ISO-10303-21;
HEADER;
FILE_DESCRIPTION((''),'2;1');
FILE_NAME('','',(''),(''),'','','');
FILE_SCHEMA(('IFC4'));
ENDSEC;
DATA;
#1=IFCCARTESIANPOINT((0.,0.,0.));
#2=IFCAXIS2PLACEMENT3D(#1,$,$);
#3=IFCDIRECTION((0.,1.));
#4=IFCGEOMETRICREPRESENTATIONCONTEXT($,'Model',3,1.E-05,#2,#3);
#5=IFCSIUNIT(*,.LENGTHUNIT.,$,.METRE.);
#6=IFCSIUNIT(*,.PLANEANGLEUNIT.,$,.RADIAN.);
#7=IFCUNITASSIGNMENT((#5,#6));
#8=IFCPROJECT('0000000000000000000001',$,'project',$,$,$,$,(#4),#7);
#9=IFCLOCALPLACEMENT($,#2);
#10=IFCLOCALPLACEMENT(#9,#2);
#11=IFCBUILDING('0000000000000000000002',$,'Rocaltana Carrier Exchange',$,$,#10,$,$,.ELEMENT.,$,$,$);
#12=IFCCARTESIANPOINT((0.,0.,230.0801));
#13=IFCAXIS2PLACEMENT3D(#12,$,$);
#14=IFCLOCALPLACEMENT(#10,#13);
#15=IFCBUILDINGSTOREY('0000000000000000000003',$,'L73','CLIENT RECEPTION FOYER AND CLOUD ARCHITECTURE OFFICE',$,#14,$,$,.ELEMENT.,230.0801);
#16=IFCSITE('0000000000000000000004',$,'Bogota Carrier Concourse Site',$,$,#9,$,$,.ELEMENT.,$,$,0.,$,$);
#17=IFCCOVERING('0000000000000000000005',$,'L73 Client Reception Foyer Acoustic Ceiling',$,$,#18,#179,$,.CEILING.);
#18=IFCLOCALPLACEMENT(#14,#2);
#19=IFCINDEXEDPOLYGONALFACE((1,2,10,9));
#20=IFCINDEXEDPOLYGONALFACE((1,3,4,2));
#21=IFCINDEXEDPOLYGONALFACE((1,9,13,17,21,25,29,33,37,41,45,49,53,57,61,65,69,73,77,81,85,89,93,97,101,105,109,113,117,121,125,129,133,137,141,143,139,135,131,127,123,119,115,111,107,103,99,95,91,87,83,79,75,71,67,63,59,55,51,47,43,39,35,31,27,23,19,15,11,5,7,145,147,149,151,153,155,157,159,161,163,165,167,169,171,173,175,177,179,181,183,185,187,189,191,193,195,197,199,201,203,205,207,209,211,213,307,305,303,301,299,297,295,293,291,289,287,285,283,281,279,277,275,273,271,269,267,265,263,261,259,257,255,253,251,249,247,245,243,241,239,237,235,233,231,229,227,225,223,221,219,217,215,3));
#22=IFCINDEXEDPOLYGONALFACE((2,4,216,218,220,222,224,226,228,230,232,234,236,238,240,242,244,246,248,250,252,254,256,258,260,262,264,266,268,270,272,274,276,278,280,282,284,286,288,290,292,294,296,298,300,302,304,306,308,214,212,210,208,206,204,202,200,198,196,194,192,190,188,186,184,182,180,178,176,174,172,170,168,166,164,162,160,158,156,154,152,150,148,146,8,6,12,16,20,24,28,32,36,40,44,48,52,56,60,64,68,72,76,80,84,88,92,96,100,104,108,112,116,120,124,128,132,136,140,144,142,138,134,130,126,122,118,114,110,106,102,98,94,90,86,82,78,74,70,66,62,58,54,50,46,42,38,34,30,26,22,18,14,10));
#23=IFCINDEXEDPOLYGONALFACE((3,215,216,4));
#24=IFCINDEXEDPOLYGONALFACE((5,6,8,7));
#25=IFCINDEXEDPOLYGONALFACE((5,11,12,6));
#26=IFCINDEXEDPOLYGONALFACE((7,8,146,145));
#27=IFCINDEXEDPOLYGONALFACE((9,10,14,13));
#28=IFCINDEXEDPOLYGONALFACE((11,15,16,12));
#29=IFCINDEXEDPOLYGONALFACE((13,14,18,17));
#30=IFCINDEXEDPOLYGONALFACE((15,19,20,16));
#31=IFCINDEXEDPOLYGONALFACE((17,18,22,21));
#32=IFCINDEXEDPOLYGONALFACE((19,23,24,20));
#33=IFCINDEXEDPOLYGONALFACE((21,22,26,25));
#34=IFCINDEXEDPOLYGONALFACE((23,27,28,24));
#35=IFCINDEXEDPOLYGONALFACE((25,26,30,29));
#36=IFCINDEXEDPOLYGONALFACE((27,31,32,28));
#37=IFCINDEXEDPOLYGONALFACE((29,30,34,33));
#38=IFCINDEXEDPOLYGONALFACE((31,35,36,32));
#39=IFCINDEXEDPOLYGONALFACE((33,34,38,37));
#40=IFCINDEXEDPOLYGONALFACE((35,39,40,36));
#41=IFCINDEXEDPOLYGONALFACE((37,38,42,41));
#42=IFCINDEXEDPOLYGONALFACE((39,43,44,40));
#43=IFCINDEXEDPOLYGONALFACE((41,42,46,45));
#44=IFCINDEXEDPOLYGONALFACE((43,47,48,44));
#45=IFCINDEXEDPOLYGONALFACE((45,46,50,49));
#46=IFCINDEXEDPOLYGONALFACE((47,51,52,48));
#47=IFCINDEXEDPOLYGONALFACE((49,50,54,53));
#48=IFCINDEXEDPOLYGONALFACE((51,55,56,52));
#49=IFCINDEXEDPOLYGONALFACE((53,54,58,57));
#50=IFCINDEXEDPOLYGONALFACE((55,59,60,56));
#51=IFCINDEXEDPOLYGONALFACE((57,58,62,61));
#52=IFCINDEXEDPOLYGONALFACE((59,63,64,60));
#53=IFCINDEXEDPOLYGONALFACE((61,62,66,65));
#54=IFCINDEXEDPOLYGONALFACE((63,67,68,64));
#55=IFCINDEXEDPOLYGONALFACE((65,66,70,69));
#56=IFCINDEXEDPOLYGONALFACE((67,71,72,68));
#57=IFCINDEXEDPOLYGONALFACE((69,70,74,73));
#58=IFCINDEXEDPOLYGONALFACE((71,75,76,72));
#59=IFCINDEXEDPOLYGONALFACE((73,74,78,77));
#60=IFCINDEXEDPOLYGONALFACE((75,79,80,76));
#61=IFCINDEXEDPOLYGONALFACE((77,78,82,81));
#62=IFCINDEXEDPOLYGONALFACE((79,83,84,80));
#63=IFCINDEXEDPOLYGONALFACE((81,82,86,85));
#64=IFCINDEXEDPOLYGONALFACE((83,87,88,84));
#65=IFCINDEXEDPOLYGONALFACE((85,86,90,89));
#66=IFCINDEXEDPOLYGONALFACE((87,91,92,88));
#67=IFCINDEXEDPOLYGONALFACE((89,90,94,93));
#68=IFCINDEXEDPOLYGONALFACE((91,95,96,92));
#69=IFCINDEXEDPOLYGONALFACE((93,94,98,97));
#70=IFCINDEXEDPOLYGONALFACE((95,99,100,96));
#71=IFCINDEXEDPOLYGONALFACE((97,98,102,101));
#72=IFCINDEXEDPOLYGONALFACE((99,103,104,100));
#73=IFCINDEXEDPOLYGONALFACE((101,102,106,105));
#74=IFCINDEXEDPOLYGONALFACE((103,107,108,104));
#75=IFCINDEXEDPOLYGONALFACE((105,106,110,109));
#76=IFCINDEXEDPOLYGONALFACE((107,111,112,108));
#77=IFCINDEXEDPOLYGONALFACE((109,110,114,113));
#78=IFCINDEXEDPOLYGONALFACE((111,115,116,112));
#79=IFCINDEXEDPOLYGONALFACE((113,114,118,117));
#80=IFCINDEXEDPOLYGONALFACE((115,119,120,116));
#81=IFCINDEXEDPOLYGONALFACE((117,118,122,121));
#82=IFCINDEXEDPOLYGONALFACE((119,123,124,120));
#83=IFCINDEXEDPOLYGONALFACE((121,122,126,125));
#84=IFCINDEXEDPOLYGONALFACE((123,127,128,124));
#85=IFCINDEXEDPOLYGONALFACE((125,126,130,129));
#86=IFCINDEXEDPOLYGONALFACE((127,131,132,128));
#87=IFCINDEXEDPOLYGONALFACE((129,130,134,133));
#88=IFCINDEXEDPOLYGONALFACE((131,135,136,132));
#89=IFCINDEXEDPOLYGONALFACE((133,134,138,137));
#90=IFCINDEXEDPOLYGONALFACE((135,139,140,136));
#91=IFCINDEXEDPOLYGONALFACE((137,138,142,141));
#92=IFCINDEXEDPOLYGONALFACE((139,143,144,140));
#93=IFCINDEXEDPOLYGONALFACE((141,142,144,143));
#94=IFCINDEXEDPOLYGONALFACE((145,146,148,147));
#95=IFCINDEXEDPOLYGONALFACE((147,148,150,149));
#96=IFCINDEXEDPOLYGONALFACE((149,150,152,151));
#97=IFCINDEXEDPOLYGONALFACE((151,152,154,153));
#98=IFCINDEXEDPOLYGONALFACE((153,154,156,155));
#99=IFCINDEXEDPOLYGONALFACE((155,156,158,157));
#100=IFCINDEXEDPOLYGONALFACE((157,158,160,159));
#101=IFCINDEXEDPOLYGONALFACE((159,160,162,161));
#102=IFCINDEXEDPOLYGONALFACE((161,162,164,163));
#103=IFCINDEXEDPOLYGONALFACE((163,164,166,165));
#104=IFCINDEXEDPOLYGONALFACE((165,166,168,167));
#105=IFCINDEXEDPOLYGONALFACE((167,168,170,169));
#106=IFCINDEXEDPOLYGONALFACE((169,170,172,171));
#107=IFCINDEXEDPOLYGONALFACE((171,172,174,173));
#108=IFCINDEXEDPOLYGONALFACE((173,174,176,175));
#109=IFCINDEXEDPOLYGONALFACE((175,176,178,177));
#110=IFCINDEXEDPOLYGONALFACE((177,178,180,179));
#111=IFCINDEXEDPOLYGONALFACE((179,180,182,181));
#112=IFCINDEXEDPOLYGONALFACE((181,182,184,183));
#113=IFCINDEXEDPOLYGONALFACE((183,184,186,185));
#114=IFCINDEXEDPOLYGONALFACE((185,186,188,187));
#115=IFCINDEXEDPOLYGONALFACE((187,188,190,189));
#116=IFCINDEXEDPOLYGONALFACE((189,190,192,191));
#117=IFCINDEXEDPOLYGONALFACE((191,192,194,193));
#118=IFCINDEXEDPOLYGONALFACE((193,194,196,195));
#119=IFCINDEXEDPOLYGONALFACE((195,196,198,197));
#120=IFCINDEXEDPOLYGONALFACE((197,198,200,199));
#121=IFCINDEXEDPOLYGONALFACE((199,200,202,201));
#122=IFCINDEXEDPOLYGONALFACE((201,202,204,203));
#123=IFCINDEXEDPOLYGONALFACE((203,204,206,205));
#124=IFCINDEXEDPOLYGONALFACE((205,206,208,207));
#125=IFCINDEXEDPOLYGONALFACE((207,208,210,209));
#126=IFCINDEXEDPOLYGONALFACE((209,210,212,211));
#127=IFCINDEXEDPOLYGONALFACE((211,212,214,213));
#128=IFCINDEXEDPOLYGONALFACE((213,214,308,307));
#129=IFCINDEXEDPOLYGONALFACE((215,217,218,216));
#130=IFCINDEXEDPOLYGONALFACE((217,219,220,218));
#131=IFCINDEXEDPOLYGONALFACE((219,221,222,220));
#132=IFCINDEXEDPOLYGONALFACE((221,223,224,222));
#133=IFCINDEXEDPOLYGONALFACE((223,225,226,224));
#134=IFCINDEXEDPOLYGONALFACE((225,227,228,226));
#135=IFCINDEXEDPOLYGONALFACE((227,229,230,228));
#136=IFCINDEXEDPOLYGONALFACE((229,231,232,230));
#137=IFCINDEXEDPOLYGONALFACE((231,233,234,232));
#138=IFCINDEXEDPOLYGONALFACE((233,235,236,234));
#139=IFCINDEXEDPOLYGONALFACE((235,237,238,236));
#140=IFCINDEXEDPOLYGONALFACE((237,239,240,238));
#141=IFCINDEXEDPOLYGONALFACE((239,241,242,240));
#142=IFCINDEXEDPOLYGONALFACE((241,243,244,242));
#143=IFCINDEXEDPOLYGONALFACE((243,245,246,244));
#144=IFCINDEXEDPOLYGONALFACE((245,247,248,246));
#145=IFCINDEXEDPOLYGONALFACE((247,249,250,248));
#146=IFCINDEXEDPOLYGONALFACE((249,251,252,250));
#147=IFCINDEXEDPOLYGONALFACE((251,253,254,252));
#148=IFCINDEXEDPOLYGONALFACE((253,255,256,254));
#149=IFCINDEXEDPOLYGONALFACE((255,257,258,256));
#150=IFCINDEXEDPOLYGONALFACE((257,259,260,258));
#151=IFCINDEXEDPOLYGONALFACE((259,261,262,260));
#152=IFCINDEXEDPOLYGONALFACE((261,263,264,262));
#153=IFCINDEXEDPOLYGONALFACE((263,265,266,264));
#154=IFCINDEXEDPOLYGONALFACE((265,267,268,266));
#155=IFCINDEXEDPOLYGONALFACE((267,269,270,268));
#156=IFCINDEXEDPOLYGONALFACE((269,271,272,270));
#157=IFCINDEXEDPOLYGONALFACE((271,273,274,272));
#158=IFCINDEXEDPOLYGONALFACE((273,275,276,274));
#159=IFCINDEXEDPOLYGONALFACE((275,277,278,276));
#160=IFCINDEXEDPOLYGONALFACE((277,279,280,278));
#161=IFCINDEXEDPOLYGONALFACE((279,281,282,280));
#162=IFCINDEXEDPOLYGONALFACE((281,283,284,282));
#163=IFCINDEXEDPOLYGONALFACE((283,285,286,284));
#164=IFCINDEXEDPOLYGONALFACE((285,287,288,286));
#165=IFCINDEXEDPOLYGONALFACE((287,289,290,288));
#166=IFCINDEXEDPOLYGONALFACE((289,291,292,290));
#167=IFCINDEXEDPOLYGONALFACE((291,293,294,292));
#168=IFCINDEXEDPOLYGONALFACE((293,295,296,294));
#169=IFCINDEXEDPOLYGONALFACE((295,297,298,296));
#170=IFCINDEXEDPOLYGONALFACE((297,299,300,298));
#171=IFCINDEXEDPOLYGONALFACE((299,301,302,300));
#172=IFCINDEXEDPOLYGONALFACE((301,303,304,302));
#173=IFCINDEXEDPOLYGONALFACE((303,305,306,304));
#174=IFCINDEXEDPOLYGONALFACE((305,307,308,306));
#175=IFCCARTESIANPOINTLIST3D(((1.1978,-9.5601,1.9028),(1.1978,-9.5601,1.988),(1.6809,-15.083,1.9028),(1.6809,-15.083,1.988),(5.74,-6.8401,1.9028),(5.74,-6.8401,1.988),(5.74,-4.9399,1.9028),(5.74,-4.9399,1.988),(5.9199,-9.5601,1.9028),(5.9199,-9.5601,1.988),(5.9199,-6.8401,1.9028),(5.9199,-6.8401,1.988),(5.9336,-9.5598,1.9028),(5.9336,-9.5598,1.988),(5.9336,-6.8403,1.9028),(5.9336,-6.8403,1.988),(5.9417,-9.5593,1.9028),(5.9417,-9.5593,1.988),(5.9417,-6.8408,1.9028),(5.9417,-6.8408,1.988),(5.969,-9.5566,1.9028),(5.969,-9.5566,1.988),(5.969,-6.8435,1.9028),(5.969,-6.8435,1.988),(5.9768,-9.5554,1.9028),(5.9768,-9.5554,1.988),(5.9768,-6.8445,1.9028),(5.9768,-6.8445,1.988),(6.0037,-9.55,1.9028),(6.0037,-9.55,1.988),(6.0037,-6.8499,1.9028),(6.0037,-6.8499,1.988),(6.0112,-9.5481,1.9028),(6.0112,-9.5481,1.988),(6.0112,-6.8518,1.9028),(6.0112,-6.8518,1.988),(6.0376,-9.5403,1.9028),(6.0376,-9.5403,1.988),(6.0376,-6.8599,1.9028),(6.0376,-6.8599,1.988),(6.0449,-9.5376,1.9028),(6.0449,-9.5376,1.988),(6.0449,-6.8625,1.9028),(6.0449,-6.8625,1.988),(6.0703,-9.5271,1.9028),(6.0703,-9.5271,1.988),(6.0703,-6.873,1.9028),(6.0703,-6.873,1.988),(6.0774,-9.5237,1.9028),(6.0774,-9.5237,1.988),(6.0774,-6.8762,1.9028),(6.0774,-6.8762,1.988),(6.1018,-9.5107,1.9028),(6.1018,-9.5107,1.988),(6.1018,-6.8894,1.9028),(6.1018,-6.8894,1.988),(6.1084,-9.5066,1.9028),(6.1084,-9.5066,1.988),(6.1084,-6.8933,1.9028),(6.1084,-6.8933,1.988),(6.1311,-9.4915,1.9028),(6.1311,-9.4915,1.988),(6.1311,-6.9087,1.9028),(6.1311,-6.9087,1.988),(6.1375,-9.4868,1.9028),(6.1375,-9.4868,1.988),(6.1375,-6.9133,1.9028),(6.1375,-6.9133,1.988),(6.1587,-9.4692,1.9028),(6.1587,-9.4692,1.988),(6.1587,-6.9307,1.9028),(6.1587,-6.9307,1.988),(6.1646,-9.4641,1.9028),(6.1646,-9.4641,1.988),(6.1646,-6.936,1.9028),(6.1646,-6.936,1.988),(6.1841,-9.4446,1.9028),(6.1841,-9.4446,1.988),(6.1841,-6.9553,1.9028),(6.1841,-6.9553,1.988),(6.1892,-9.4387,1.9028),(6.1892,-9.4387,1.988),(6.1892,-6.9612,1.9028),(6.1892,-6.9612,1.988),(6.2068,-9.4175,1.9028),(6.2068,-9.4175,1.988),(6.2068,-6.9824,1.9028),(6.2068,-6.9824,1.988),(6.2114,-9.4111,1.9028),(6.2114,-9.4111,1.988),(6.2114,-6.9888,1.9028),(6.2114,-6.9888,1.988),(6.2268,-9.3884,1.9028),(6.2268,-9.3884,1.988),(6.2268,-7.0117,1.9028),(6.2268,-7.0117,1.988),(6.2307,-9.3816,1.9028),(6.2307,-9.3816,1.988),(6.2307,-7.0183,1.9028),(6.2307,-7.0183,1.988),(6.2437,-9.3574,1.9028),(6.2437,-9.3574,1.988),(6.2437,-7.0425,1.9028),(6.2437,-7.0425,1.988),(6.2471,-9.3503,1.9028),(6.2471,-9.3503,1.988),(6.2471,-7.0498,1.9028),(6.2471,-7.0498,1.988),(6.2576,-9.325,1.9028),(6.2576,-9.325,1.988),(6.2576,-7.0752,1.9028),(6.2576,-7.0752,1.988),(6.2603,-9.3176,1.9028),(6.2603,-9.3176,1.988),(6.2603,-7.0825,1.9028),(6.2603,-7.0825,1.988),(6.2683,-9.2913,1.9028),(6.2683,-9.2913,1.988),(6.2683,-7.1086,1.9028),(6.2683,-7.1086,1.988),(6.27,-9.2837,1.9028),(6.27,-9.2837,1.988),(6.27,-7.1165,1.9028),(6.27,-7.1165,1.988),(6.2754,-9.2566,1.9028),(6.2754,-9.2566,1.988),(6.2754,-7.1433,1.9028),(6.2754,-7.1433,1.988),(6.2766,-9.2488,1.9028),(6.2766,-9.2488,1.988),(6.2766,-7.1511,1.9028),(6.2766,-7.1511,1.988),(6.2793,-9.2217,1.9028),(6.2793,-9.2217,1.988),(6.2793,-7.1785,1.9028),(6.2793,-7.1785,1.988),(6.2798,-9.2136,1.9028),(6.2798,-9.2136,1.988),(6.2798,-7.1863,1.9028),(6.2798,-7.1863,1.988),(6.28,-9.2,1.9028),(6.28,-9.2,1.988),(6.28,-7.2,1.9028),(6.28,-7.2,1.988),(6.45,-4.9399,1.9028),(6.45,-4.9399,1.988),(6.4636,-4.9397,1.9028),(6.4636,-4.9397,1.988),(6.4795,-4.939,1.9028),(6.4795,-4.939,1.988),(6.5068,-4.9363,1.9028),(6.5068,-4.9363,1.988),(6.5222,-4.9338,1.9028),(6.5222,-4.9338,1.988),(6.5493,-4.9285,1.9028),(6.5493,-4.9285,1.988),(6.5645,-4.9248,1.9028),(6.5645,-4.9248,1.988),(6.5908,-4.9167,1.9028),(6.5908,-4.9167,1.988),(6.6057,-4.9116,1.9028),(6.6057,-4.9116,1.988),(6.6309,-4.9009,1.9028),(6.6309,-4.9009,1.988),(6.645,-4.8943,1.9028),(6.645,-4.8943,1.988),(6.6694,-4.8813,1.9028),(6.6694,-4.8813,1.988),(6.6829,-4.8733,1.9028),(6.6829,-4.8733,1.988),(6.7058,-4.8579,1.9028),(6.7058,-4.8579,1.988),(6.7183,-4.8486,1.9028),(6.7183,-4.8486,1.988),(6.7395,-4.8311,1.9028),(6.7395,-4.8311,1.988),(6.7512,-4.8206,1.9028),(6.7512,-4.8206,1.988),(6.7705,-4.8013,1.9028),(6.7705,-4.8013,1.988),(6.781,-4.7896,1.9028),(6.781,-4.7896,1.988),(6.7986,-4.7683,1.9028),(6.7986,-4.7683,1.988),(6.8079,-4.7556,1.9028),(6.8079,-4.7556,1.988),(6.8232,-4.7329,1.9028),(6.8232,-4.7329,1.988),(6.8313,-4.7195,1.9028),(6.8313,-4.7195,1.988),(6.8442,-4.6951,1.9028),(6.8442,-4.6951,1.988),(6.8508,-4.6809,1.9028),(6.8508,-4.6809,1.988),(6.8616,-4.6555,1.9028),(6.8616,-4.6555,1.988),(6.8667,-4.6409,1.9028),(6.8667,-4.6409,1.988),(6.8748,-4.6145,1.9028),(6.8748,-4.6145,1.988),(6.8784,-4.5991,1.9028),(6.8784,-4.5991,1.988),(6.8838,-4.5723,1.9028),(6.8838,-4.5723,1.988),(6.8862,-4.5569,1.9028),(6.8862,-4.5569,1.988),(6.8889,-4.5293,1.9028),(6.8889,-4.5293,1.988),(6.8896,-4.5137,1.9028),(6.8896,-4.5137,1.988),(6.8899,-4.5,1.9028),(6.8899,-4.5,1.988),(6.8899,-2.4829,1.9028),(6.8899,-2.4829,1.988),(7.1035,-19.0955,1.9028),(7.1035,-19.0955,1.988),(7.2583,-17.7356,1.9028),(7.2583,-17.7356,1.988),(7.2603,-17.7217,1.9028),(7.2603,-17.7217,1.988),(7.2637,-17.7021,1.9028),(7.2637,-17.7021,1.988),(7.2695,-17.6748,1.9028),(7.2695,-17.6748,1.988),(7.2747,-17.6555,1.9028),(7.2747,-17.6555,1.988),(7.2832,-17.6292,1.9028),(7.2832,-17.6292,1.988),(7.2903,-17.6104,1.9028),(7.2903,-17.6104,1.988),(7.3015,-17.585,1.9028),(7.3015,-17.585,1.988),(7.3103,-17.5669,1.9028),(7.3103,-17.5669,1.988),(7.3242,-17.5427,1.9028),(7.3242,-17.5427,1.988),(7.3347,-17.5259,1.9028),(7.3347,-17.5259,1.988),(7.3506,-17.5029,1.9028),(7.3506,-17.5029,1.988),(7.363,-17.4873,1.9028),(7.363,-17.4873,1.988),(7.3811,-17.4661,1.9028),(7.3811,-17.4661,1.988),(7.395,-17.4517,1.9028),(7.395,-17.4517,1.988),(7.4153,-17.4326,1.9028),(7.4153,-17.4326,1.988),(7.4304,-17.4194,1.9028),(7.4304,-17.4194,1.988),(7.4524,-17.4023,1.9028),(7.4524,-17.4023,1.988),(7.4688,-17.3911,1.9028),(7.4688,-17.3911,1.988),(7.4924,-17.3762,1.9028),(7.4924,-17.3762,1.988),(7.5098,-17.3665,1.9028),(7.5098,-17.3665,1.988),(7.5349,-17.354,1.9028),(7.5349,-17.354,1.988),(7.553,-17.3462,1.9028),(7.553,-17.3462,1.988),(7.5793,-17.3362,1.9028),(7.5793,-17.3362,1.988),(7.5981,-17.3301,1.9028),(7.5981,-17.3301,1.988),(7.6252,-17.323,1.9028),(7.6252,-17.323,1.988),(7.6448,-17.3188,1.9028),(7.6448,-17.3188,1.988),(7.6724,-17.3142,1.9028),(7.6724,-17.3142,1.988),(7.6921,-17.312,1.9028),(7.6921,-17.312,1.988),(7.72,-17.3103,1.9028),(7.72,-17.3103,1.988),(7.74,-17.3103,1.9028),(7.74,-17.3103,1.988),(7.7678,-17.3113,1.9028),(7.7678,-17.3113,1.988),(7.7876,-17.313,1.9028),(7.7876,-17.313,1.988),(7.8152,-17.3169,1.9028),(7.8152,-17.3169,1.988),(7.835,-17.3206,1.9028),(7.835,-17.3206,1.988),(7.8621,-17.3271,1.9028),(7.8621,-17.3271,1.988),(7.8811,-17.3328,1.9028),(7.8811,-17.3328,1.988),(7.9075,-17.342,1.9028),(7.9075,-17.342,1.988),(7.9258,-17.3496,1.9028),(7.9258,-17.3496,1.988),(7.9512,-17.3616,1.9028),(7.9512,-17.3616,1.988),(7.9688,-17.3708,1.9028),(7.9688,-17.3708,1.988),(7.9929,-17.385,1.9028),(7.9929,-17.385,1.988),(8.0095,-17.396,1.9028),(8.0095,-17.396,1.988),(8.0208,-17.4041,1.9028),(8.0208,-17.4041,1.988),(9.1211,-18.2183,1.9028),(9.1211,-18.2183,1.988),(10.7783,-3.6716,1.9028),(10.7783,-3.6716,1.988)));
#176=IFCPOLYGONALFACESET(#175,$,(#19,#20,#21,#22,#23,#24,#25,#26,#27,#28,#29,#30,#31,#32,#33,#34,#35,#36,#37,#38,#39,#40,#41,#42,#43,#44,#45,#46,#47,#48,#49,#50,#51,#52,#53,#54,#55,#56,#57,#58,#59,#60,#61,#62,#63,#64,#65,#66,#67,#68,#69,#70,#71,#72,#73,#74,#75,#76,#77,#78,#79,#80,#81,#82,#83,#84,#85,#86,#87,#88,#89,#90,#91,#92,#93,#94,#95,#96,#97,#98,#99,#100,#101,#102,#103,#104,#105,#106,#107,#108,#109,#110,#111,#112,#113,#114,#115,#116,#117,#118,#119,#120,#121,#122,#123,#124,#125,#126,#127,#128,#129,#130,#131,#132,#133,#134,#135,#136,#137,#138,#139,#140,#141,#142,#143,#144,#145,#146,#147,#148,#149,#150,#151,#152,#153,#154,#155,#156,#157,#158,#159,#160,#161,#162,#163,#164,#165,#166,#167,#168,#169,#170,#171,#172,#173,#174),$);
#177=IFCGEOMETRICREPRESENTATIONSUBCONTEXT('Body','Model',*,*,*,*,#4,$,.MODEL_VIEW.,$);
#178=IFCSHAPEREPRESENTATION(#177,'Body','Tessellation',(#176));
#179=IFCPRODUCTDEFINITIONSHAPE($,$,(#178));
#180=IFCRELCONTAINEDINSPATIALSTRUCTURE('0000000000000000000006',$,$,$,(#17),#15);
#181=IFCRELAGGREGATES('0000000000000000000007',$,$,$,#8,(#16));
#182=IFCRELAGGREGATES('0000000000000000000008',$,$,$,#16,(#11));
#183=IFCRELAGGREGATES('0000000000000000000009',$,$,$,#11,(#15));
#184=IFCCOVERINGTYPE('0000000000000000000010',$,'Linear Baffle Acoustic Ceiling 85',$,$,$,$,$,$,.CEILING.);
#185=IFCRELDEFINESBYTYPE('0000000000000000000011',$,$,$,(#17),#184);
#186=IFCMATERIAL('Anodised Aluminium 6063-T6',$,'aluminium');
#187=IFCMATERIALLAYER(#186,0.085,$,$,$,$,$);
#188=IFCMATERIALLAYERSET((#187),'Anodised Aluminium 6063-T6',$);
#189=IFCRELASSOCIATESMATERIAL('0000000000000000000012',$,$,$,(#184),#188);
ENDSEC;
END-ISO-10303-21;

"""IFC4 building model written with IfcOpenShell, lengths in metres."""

from ifc_helpers import new_model, si_unit, direction, frame, origin, place, context, subcontext, project, spatial, polyline, outline, extrude, material, layer, layer_set, type_object, element, save


model = new_model("IFC4")

# Units and contexts
model_context = context("Model", 3, precision=1e-05, world=origin(), true_north=direction((0.0, 1.0)))
body_context = subcontext(model_context, "Body", "Model", "MODEL_VIEW")
ifc_project = project(units=[si_unit("LENGTHUNIT", "METRE"), si_unit("PLANEANGLEUNIT", "RADIAN")], contexts=[model_context])

# Site, building, storey
site_placement = place(None, origin())
site = spatial("IfcSite", under=ifc_project, at=site_placement, Name="Bogota Carrier Concourse Site", CompositionType="ELEMENT", RefElevation=0.0)
building_placement = place(site_placement, origin())
building = spatial("IfcBuilding", under=site, at=building_placement, Name="Rocaltana Carrier Exchange", CompositionType="ELEMENT")
storey_placement = place(building_placement, frame((0.0, 0.0, 230.0801)))
storey = spatial("IfcBuildingStorey", under=building, at=storey_placement, Name="L73", Description="CLIENT RECEPTION FOYER AND CLOUD ARCHITECTURE OFFICE", CompositionType="ELEMENT", Elevation=230.0801)

# Covering
ifc_material_1 = material(Name="Anodised Aluminium 6063-T6", Category="aluminium")
ifc_layer_1 = layer(ifc_material_1, 0.085)
ifc_layer_set_1 = layer_set([ifc_layer_1], Name="Anodised Aluminium 6063-T6")
covering_type_1 = type_object("IfcCoveringType", Name="Linear Baffle Acoustic Ceiling 85", PredefinedType="CEILING", material=ifc_layer_set_1)
covering_1_placement = place(storey_placement, frame((0.0, 0.0, 1.9028)))
element("IfcCovering", 1, at=covering_1_placement, inside=storey, type_object=covering_type_1, Name="L73 Client Reception Foyer Acoustic Ceiling", PredefinedType="CEILING", context=body_context, shape_type="SweptSolid", body=[
    extrude(outline(polyline([(5.74, -6.8401), (5.74, -4.9399), (6.45, -4.9399), (6.4636, -4.9397), (6.4795, -4.939), (6.5068, -4.9363), (6.5222, -4.9338), (6.5493, -4.9285), (6.5645, -4.9248), (6.5908, -4.9167), (6.6057, -4.9116), (6.6309, -4.9009), (6.645, -4.8943), (6.6694, -4.8813), (6.6829, -4.8733), (6.7058, -4.8579), (6.7183, -4.8486), (6.7395, -4.8311), (6.7512, -4.8206), (6.7705, -4.8013), (6.781, -4.7896), (6.7986, -4.7683), (6.8079, -4.7556), (6.8232, -4.7329), (6.8313, -4.7195), (6.8442, -4.6951), (6.8508, -4.6809), (6.8616, -4.6555), (6.8667, -4.6409), (6.8748, -4.6145), (6.8784, -4.5991), (6.8838, -4.5723), (6.8862, -4.5569), (6.8889, -4.5293), (6.8896, -4.5137), (6.8899, -4.5), (6.8899, -2.4829), (10.7783, -3.6716), (9.1211, -18.2183), (8.0208, -17.4041), (8.0095, -17.396), (7.9929, -17.385), (7.9688, -17.3708), (7.9512, -17.3616), (7.9258, -17.3496), (7.9075, -17.342), (7.8811, -17.3328), (7.8621, -17.3271), (7.835, -17.3206), (7.8152, -17.3169), (7.7876, -17.313), (7.7678, -17.3113), (7.74, -17.3103), (7.72, -17.3103), (7.6921, -17.312), (7.6724, -17.3142), (7.6448, -17.3188), (7.6252, -17.323), (7.5981, -17.3301), (7.5793, -17.3362), (7.553, -17.3462), (7.5349, -17.354), (7.5098, -17.3665), (7.4924, -17.3762), (7.4688, -17.3911), (7.4524, -17.4023), (7.4304, -17.4194), (7.4153, -17.4326), (7.395, -17.4517), (7.3811, -17.4661), (7.363, -17.4873), (7.3506, -17.5029), (7.3347, -17.5259), (7.3242, -17.5427), (7.3103, -17.5669), (7.3015, -17.585), (7.2903, -17.6104), (7.2832, -17.6292), (7.2747, -17.6555), (7.2695, -17.6748), (7.2637, -17.7021), (7.2603, -17.7217), (7.2583, -17.7356), (7.1035, -19.0955), (1.6809, -15.083), (1.1978, -9.5601), (5.9199, -9.5601), (5.9336, -9.5598), (5.9417, -9.5593), (5.969, -9.5566), (5.9768, -9.5554), (6.0037, -9.55), (6.0112, -9.5481), (6.0376, -9.5403), (6.0449, -9.5376), (6.0703, -9.5271), (6.0774, -9.5237), (6.1018, -9.5107), (6.1084, -9.5066), (6.1311, -9.4915), (6.1375, -9.4868), (6.1587, -9.4692), (6.1646, -9.4641), (6.1841, -9.4446), (6.1892, -9.4387), (6.2068, -9.4175), (6.2114, -9.4111), (6.2268, -9.3884), (6.2307, -9.3816), (6.2437, -9.3574), (6.2471, -9.3503), (6.2576, -9.325), (6.2603, -9.3176), (6.2683, -9.2913), (6.27, -9.2837), (6.2754, -9.2566), (6.2766, -9.2488), (6.2793, -9.2217), (6.2798, -9.2136), (6.28, -9.2), (6.28, -7.2), (6.2798, -7.1863), (6.2793, -7.1785), (6.2766, -7.1511), (6.2754, -7.1433), (6.27, -7.1165), (6.2683, -7.1086), (6.2603, -7.0825), (6.2576, -7.0752), (6.2471, -7.0498), (6.2437, -7.0425), (6.2307, -7.0183), (6.2268, -7.0117), (6.2114, -6.9888), (6.2068, -6.9824), (6.1892, -6.9612), (6.1841, -6.9553), (6.1646, -6.936), (6.1587, -6.9307), (6.1375, -6.9133), (6.1311, -6.9087), (6.1084, -6.8933), (6.1018, -6.8894), (6.0774, -6.8762), (6.0703, -6.873), (6.0449, -6.8625), (6.0376, -6.8599), (6.0112, -6.8518), (6.0037, -6.8499), (5.9768, -6.8445), (5.969, -6.8435), (5.9417, -6.8408), (5.9336, -6.8403), (5.9199, -6.8401), (5.74, -6.8401)])), origin(), (0.0, 0.0, 1.0), 0.0852),
])

save(model, "model.ifc")
